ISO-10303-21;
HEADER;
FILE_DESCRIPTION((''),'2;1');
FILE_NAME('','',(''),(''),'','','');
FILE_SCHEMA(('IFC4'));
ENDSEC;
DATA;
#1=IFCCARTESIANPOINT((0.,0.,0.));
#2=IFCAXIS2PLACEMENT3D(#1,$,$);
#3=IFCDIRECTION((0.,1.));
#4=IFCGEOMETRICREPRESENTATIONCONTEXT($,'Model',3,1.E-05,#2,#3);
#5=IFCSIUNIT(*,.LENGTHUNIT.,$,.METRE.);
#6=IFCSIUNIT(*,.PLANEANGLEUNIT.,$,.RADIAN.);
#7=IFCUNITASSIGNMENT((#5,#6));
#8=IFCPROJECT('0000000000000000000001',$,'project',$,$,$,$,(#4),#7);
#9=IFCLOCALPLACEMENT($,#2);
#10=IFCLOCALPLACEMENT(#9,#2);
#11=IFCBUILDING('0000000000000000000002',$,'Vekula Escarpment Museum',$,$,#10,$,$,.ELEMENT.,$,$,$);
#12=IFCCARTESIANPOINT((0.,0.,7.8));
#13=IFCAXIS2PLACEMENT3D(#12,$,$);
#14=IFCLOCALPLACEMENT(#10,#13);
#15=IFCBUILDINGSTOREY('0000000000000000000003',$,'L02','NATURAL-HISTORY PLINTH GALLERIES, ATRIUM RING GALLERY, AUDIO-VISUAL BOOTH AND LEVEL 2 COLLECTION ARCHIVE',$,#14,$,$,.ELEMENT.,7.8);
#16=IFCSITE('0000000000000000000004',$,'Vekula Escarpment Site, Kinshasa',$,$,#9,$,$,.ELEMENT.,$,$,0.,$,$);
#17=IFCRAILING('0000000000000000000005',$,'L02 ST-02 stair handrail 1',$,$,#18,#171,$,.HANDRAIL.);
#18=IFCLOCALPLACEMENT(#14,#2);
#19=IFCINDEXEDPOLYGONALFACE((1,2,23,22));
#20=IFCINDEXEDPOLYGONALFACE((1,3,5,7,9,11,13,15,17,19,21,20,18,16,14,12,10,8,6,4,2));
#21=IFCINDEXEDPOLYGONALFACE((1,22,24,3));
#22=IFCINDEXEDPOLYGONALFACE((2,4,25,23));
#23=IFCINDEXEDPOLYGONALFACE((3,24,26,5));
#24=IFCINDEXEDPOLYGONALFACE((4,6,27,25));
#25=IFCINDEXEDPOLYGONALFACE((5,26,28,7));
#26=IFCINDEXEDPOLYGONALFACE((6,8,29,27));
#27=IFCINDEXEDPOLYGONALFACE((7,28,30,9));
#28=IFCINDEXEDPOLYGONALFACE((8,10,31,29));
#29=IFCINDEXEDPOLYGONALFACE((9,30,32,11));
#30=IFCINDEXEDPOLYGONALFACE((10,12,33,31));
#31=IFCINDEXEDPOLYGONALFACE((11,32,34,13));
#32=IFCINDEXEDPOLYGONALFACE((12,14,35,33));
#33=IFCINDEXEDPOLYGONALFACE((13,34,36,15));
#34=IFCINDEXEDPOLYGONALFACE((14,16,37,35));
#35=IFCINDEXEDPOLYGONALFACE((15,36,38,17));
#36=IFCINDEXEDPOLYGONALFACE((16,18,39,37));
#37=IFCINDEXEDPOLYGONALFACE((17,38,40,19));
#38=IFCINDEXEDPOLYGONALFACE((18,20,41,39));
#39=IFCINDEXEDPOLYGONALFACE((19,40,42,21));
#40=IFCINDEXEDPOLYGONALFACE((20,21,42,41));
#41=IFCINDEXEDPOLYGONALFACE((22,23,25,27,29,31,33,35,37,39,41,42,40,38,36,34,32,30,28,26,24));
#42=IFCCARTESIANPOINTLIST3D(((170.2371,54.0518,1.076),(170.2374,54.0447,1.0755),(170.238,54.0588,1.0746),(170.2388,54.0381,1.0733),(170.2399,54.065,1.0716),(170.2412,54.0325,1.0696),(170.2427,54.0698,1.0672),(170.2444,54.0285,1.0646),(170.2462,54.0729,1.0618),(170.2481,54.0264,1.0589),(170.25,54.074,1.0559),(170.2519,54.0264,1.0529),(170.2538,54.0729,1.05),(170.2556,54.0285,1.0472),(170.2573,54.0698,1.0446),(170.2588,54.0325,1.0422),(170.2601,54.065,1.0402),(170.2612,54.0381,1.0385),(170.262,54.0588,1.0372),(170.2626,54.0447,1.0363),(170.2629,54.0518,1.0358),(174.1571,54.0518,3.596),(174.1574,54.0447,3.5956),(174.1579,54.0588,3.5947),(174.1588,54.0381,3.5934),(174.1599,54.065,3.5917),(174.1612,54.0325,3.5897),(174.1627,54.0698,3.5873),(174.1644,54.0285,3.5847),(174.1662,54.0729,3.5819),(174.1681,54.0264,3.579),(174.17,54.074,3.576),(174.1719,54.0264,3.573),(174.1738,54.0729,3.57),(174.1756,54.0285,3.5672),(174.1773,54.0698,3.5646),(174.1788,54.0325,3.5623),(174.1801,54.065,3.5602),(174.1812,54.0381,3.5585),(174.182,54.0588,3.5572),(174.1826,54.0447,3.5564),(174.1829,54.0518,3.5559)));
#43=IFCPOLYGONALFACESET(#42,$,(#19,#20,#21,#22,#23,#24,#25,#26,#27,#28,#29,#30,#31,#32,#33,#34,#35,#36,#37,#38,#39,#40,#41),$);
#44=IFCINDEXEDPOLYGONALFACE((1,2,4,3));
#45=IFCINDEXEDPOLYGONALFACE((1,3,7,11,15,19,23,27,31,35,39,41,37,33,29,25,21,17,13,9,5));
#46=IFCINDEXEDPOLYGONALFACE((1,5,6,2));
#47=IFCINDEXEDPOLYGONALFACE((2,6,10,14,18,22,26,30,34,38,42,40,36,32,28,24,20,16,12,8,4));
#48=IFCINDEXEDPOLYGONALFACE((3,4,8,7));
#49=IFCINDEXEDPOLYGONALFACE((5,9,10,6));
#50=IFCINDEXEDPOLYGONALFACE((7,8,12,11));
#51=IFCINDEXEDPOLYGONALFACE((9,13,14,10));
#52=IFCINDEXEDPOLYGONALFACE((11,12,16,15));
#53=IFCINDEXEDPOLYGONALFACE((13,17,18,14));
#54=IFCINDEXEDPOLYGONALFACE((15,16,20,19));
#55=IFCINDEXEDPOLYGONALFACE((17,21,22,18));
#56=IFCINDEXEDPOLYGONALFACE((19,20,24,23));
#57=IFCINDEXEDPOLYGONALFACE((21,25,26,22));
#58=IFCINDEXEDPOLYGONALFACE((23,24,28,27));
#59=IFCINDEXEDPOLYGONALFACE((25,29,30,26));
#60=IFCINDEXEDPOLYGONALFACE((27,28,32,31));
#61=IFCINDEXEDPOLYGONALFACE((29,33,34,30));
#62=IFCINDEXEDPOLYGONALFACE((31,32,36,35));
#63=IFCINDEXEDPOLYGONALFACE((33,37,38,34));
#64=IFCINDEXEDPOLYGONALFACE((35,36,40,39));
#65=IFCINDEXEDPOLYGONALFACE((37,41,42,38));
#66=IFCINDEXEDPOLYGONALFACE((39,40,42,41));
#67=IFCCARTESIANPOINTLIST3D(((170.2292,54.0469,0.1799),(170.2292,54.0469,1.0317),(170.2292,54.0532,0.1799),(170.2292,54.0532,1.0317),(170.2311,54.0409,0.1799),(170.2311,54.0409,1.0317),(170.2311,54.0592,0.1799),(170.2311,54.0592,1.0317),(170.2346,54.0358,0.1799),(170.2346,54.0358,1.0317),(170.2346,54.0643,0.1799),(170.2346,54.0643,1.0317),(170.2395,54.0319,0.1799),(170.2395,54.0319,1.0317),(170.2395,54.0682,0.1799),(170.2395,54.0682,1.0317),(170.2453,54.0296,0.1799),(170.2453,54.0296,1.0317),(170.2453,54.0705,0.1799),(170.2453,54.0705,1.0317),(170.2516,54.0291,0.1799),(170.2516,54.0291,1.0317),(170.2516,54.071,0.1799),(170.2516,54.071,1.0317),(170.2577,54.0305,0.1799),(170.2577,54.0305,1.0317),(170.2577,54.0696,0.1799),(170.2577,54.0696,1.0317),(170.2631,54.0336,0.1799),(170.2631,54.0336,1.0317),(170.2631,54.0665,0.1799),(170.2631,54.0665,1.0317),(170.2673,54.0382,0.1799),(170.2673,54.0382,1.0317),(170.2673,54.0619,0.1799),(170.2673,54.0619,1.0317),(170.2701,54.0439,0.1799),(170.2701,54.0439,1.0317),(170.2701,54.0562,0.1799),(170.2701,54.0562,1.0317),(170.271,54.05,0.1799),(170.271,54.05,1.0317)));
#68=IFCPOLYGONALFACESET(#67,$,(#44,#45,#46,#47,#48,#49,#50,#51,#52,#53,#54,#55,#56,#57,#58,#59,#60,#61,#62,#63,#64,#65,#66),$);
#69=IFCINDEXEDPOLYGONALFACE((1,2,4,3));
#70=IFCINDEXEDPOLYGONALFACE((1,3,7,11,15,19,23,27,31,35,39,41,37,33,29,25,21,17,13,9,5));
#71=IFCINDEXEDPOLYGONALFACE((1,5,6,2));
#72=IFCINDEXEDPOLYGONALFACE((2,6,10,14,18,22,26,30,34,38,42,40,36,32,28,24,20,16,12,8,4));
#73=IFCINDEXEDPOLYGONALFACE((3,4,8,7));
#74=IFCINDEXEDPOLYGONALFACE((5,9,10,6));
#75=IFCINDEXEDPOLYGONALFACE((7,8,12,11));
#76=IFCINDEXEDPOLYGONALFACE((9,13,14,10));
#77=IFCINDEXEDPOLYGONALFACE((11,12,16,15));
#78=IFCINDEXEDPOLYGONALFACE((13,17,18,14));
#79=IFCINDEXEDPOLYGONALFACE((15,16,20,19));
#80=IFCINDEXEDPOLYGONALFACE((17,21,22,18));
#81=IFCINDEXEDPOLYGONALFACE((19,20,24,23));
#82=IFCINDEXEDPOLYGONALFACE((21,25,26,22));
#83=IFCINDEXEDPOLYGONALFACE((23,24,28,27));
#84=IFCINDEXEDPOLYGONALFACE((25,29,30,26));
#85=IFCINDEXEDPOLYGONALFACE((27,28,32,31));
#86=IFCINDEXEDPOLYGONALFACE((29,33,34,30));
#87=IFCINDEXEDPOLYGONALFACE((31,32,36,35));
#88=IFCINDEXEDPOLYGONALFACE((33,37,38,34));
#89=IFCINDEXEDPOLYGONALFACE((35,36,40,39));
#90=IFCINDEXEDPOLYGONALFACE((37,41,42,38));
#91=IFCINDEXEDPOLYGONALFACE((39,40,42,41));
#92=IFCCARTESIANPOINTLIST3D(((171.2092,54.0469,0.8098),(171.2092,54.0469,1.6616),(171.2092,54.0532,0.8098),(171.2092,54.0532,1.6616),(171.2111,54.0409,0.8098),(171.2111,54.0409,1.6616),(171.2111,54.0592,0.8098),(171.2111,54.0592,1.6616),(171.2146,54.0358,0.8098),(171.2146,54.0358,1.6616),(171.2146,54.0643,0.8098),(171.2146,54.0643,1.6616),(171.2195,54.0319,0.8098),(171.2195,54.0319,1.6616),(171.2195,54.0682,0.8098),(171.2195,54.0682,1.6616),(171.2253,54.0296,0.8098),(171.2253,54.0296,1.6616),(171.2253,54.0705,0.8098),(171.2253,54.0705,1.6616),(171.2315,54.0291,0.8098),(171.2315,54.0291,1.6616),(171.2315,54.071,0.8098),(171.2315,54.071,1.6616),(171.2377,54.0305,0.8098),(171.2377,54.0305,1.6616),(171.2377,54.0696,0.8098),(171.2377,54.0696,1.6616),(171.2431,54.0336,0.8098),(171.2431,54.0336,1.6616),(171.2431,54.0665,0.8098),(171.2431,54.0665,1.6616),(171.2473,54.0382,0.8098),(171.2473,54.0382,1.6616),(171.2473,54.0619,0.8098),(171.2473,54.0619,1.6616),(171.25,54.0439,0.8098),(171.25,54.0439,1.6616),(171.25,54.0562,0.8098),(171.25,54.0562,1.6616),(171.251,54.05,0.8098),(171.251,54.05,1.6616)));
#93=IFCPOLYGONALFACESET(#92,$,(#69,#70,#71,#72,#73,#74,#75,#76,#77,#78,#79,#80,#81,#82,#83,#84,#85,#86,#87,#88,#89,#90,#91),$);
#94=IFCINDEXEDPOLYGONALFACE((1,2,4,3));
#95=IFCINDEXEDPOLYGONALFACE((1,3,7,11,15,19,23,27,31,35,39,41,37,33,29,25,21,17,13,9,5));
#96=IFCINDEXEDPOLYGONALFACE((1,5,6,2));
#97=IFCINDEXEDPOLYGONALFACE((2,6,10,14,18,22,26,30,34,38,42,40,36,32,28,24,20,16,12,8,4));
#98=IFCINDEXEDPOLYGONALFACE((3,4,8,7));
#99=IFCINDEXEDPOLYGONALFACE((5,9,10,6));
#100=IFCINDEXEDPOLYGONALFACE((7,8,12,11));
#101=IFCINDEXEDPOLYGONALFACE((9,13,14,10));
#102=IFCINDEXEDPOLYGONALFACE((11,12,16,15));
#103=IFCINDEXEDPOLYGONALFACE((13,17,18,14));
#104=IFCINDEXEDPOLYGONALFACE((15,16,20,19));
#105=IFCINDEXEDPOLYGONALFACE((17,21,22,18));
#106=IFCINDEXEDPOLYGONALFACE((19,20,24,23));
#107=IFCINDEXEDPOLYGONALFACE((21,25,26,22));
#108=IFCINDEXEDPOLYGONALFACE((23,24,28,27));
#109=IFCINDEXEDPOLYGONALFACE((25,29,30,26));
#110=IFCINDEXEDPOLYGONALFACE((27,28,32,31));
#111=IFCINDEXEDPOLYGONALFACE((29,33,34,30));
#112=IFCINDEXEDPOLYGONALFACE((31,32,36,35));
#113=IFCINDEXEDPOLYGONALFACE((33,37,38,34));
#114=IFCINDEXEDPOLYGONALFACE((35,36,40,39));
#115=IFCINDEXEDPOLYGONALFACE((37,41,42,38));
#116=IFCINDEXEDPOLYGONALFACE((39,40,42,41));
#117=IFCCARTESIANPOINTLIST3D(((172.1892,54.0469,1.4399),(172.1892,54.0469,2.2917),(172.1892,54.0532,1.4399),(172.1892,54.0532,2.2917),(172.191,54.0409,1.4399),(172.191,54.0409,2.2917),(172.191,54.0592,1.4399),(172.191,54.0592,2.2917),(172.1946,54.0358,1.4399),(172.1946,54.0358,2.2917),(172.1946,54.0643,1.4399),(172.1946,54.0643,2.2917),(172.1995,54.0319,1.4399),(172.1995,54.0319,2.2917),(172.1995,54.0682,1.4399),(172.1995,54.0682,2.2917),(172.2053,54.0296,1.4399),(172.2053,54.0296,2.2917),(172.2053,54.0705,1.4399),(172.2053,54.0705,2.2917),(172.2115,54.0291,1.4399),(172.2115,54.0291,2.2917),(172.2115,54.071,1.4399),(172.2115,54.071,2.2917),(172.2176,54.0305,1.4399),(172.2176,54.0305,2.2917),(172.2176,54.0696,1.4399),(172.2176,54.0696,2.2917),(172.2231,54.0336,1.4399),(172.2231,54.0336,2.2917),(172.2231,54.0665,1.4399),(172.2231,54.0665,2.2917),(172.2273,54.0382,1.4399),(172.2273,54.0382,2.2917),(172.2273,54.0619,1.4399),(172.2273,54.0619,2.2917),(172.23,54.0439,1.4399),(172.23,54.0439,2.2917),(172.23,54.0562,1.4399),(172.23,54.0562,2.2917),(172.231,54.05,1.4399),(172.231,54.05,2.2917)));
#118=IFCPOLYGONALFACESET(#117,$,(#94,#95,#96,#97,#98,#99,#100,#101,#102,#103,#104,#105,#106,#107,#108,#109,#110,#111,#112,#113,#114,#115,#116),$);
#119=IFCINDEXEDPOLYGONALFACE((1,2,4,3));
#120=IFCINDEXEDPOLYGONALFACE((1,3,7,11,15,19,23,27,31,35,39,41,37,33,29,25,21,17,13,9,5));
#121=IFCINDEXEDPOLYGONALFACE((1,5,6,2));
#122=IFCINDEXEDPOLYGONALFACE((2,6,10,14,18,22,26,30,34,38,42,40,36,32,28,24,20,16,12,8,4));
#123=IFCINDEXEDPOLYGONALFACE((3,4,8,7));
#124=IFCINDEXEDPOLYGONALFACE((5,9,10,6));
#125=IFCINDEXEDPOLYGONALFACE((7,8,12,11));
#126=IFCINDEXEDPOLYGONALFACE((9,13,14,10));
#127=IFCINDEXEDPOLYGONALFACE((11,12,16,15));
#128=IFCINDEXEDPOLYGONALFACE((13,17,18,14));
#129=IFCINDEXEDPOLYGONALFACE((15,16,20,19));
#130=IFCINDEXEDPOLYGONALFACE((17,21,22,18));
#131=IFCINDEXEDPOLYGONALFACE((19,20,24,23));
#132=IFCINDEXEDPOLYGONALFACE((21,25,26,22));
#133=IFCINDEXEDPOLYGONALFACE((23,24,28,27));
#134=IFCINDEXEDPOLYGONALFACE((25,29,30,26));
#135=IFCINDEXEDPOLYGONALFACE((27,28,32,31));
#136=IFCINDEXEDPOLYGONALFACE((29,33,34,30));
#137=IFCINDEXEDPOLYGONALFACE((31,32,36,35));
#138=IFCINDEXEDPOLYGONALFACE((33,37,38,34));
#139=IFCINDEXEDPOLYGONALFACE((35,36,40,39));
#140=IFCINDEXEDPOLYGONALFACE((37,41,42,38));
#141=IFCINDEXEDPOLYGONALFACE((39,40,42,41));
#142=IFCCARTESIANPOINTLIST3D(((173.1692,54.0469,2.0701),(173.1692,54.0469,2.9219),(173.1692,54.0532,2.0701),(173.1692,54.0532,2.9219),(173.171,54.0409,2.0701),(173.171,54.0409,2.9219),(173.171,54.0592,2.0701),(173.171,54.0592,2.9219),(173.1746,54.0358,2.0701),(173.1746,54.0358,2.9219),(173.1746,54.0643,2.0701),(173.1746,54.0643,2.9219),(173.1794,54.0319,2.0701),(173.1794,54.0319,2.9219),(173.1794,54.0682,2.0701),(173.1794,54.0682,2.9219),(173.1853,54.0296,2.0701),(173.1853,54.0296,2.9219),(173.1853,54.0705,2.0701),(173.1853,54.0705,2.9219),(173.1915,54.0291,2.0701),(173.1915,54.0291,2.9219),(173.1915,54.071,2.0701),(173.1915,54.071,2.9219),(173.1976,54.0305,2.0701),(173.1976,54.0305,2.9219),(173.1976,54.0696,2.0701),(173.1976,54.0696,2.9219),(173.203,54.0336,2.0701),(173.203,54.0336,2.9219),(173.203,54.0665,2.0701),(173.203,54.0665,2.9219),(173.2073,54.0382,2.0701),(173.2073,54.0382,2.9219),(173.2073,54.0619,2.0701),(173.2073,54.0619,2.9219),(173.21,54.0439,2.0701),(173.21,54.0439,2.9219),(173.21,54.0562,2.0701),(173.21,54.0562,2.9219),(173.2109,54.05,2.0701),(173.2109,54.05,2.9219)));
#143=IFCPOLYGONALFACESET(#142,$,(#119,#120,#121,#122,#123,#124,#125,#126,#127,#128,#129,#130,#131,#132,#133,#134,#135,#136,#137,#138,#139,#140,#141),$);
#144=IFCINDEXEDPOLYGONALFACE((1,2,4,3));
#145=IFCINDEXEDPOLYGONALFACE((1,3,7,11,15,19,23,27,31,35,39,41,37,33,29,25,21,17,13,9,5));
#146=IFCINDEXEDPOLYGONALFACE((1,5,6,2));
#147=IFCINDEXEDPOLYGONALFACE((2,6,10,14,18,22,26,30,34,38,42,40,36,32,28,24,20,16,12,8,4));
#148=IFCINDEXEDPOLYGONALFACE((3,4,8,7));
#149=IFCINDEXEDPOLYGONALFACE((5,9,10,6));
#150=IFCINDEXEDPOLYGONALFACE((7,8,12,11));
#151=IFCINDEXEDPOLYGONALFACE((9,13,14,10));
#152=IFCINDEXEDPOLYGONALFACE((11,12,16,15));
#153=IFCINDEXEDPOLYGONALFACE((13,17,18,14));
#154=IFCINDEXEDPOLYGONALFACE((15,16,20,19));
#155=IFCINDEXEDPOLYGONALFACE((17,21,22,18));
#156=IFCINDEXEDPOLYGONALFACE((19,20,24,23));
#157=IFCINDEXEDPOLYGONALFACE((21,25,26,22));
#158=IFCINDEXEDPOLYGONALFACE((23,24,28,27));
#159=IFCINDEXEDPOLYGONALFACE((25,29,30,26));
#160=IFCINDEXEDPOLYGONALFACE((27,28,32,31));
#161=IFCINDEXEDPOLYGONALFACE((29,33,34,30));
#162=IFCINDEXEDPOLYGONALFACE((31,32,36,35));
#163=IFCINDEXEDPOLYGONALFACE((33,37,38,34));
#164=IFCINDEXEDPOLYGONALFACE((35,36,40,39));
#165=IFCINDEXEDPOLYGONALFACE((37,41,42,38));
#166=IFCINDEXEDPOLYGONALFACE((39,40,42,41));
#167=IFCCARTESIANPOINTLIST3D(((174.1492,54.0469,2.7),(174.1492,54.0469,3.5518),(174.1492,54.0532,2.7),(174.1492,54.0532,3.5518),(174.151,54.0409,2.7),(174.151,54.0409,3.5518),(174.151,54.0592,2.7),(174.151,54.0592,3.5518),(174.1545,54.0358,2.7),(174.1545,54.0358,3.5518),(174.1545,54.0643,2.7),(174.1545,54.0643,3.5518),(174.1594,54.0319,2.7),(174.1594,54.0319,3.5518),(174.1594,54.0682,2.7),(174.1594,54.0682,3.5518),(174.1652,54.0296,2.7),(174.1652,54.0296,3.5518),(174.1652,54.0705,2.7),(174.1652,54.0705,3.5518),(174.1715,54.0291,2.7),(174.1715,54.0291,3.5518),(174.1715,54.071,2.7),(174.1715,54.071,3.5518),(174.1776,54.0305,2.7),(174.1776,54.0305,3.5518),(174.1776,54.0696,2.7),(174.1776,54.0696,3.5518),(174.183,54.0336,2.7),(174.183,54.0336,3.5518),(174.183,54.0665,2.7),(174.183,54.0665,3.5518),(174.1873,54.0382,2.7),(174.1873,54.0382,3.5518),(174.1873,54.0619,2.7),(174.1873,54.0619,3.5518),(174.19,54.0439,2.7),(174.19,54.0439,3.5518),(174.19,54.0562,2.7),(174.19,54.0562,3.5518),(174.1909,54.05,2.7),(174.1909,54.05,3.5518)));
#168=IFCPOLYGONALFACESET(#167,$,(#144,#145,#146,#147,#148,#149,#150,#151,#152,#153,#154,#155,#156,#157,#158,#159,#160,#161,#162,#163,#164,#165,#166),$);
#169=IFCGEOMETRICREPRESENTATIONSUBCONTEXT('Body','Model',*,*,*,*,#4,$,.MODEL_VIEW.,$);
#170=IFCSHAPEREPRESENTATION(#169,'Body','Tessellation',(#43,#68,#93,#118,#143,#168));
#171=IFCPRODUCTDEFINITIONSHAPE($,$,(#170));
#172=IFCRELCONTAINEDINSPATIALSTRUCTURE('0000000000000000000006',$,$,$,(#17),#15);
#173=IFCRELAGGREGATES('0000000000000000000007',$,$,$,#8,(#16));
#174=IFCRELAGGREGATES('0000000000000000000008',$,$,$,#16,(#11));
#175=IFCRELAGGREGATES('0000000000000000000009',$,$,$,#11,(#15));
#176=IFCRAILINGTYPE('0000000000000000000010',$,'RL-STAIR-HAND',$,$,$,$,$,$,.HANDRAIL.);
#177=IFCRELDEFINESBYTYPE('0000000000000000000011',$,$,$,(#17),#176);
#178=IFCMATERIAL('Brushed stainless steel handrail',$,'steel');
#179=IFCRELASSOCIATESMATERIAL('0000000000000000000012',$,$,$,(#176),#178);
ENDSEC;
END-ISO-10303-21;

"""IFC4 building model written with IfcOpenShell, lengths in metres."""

from ifc_helpers import new_model, si_unit, direction, frame, origin, origin_2d, place, context, subcontext, project, spatial, circle, extrude, material, type_object, element, save


model = new_model("IFC4")

# Units and contexts
model_context = context("Model", 3, precision=1e-05, world=origin(), true_north=direction((0.0, 1.0)))
body_context = subcontext(model_context, "Body", "Model", "MODEL_VIEW")
ifc_project = project(units=[si_unit("LENGTHUNIT", "METRE"), si_unit("PLANEANGLEUNIT", "RADIAN")], contexts=[model_context])

# Site, building, storey
site_placement = place(None, origin())
site = spatial("IfcSite", under=ifc_project, at=site_placement, Name="Vekula Escarpment Site, Kinshasa", CompositionType="ELEMENT", RefElevation=0.0)
building_placement = place(site_placement, origin())
building = spatial("IfcBuilding", under=site, at=building_placement, Name="Vekula Escarpment Museum", CompositionType="ELEMENT")
storey_placement = place(building_placement, frame((0.0, 0.0, 7.8)))
storey = spatial("IfcBuildingStorey", under=building, at=storey_placement, Name="L02", Description="NATURAL-HISTORY PLINTH GALLERIES, ATRIUM RING GALLERY, AUDIO-VISUAL BOOTH AND LEVEL 2 COLLECTION ARCHIVE", CompositionType="ELEMENT", Elevation=7.8)

# Railing
ifc_material_1 = material(Name="Brushed stainless steel handrail", Category="steel")
railing_type_1 = type_object("IfcRailingType", Name="RL-STAIR-HAND", PredefinedType="HANDRAIL", material=ifc_material_1)
railing_1_placement = place(storey_placement, frame((170.25, 54.05, 0.1799)))
element("IfcRailing", 1, at=railing_1_placement, inside=storey, type_object=railing_type_1, Name="L02 ST-02 stair handrail 1", PredefinedType="HANDRAIL", context=body_context, shape_type="SweptSolid", body=[
    extrude(circle(Radius=0.0239, at=origin_2d()), frame((0.0, 0.0, 0.876), z_axis=(0.841172, 0.0, 0.540768), x_axis=(0.0, 1.0, 0.0)), (0.0, 0.0, 1.0), 4.6602),
    extrude(circle(Radius=0.021, at=origin_2d()), origin(), (0.0, 0.0, 1.0), 0.8518),
    extrude(circle(Radius=0.021, at=origin_2d()), frame((0.98, 0.0, 0.6299)), (0.0, 0.0, 1.0), 0.8518),
    extrude(circle(Radius=0.021, at=origin_2d()), frame((1.96, 0.0, 1.26)), (0.0, 0.0, 1.0), 0.8518),
    extrude(circle(Radius=0.021, at=origin_2d()), frame((2.9399, 0.0, 1.8901)), (0.0, 0.0, 1.0), 0.8518),
    extrude(circle(Radius=0.021, at=origin_2d()), frame((3.9199, 0.0, 2.52)), (0.0, 0.0, 1.0), 0.8518),
])

save(model, "model.ifc")
